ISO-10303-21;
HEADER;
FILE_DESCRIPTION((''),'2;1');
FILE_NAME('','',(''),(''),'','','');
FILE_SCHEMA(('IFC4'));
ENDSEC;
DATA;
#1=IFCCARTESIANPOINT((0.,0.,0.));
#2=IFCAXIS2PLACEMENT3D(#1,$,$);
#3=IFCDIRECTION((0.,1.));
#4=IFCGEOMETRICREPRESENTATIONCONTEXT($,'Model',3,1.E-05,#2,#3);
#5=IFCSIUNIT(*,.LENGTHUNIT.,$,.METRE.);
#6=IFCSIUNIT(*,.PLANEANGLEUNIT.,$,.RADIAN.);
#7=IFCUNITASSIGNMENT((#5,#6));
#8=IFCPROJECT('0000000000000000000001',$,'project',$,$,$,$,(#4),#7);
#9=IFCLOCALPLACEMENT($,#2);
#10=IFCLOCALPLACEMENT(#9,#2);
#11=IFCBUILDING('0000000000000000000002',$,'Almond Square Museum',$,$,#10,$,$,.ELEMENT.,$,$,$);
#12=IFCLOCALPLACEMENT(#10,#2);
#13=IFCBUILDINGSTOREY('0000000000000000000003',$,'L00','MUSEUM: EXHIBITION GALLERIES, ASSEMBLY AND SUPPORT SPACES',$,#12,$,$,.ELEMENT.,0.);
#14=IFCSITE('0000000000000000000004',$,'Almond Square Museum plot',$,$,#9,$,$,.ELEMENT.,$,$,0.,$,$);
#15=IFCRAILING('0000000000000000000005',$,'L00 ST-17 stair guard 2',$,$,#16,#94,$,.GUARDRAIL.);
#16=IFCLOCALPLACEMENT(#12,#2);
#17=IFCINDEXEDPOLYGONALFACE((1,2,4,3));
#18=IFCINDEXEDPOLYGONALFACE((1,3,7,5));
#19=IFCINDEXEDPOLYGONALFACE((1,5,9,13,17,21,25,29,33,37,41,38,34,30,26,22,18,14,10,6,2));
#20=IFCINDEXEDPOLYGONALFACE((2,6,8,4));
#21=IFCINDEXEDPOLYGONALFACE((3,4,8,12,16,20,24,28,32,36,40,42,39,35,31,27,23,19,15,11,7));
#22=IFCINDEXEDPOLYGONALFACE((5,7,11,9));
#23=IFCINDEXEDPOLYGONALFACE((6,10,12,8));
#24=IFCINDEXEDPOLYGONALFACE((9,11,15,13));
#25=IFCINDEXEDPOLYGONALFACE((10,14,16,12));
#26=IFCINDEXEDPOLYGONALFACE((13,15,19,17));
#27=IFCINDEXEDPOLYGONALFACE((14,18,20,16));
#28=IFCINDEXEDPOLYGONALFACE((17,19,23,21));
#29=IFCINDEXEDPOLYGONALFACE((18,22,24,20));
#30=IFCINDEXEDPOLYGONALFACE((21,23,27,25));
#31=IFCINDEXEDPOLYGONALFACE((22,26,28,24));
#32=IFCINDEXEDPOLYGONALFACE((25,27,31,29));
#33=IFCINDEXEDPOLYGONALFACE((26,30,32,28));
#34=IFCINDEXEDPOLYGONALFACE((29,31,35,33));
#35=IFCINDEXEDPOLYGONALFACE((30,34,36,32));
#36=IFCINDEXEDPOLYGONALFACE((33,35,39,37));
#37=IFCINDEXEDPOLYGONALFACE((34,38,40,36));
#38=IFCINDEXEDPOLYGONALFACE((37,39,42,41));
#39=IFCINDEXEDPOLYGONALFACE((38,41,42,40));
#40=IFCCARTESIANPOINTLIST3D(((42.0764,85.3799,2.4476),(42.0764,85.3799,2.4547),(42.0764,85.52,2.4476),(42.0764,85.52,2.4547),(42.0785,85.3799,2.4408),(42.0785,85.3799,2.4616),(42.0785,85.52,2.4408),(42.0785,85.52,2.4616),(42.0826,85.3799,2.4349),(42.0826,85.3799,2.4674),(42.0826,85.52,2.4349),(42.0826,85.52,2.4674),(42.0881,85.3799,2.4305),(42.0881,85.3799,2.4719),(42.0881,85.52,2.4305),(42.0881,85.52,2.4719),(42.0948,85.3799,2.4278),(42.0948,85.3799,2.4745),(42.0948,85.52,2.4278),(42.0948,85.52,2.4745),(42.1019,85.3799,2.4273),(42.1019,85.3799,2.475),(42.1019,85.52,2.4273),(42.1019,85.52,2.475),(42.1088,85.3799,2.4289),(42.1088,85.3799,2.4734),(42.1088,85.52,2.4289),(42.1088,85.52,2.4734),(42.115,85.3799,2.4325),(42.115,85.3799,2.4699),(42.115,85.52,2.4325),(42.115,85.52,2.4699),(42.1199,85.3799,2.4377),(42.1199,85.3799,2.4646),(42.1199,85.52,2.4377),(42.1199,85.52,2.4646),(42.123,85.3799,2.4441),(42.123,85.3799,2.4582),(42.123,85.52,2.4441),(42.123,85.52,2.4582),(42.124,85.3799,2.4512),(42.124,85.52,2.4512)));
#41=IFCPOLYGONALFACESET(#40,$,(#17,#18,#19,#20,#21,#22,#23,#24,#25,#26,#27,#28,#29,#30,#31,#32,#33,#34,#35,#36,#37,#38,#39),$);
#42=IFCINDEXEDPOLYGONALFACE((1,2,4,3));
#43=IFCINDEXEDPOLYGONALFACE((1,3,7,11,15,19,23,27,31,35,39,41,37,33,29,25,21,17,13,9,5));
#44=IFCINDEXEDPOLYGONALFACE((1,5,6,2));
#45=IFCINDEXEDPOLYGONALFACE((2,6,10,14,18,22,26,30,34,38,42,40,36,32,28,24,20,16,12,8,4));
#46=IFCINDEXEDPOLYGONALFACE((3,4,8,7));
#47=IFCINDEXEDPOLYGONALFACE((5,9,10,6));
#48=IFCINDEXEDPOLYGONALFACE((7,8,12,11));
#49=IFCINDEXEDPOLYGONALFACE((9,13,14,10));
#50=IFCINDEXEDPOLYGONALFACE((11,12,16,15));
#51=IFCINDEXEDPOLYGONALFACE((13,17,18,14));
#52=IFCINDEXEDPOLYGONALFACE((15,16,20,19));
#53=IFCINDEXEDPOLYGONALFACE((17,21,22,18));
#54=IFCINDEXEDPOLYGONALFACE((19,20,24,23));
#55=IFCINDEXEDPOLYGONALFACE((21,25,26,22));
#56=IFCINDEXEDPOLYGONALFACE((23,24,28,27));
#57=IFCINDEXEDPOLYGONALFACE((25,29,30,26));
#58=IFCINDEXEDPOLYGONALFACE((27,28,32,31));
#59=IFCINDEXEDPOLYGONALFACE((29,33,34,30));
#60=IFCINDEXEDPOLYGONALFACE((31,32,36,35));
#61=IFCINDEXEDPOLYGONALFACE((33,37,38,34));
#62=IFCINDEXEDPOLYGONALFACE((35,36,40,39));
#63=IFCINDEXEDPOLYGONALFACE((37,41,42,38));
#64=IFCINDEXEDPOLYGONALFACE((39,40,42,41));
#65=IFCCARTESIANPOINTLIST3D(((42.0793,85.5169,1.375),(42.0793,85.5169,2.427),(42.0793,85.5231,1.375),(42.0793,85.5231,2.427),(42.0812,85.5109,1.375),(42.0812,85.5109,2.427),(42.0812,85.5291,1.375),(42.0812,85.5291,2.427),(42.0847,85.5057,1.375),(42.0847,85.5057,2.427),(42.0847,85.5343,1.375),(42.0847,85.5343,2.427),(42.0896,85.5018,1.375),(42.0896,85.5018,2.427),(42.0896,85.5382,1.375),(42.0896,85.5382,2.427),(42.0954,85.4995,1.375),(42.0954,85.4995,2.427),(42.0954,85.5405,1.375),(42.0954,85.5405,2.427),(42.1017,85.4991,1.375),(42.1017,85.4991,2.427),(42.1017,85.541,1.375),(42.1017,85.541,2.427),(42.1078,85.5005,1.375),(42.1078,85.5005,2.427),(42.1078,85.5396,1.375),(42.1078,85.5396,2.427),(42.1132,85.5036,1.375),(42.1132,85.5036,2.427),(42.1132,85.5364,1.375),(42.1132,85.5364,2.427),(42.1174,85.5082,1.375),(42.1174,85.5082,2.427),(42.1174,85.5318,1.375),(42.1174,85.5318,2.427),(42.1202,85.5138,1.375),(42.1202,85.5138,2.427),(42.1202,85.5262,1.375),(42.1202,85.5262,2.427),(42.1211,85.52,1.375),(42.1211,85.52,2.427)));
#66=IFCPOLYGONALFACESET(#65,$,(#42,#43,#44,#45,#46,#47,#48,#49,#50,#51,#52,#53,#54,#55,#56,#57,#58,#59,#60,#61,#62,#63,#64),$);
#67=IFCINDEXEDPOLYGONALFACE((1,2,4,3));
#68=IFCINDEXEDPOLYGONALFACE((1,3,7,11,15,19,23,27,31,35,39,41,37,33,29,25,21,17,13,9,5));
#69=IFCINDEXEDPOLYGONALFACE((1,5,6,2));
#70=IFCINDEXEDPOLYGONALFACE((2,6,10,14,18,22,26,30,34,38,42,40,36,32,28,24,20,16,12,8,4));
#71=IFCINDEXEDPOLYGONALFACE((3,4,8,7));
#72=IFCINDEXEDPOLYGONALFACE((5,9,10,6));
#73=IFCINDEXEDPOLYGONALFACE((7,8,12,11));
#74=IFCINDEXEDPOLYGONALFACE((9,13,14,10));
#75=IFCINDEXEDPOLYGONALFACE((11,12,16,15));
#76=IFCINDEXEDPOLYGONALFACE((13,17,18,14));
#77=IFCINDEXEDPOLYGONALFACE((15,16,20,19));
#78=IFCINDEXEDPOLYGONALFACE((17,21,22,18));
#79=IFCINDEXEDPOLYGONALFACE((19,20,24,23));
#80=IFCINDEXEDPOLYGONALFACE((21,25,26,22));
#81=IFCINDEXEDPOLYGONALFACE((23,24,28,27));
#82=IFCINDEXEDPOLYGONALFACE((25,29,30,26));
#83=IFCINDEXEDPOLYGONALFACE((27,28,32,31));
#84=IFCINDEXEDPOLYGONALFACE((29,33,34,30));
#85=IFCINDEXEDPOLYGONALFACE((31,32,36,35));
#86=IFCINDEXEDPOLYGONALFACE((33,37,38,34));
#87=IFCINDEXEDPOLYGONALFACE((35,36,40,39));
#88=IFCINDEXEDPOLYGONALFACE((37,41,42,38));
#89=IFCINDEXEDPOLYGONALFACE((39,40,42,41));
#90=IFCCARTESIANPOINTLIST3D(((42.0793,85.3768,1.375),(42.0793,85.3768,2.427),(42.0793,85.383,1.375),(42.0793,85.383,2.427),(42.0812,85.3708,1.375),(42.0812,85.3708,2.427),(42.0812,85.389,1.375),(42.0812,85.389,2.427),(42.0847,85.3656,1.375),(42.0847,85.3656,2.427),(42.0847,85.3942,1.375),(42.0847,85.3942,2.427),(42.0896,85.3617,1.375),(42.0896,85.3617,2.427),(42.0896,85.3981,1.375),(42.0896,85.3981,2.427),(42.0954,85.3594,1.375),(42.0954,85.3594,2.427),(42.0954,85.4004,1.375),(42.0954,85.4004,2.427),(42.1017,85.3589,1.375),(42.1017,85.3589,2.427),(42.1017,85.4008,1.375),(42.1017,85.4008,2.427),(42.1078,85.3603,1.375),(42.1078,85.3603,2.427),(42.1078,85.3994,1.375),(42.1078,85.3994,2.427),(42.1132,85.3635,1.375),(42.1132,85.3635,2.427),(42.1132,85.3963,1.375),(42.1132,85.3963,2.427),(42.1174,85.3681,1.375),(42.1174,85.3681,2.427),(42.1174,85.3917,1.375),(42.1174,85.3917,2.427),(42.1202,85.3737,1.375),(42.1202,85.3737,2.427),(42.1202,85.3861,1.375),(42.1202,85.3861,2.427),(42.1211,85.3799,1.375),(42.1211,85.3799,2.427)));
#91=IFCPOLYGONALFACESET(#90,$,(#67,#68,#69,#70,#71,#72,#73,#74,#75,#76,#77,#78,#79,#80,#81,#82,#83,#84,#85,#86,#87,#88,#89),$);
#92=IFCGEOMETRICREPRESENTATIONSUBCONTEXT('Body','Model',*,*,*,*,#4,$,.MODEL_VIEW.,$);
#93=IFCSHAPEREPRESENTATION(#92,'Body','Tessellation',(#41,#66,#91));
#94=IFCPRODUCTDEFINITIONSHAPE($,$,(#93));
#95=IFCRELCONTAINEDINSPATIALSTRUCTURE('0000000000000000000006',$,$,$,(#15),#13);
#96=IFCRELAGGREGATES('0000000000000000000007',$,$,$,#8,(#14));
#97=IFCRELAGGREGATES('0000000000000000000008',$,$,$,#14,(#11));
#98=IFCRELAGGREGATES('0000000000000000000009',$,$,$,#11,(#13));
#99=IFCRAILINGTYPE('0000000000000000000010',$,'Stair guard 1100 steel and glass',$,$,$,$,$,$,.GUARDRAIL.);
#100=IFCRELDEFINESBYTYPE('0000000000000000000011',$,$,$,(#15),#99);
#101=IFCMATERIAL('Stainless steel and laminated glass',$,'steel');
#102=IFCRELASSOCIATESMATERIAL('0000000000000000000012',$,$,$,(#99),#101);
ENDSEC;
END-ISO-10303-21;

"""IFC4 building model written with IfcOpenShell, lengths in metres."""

from ifc_helpers import new_model, si_unit, direction, frame, origin, origin_2d, place, context, subcontext, project, spatial, circle, extrude, material, type_object, element, save


model = new_model("IFC4")

# Units and contexts
model_context = context("Model", 3, precision=1e-05, world=origin(), true_north=direction((0.0, 1.0)))
body_context = subcontext(model_context, "Body", "Model", "MODEL_VIEW")
ifc_project = project(units=[si_unit("LENGTHUNIT", "METRE"), si_unit("PLANEANGLEUNIT", "RADIAN")], contexts=[model_context])

# Site, building, storey
site_placement = place(None, origin())
site = spatial("IfcSite", under=ifc_project, at=site_placement, Name="Almond Square Museum plot", CompositionType="ELEMENT", RefElevation=0.0)
building_placement = place(site_placement, origin())
building = spatial("IfcBuilding", under=site, at=building_placement, Name="Almond Square Museum", CompositionType="ELEMENT")
storey_placement = place(building_placement, origin())
storey = spatial("IfcBuildingStorey", under=building, at=storey_placement, Name="L00", Description="MUSEUM: EXHIBITION GALLERIES, ASSEMBLY AND SUPPORT SPACES", CompositionType="ELEMENT", Elevation=0.0)

# Railing
ifc_material_1 = material(Name="Stainless steel and laminated glass", Category="steel")
railing_type_1 = type_object("IfcRailingType", Name="Stair guard 1100 steel and glass", PredefinedType="GUARDRAIL", material=ifc_material_1)
railing_1_placement = place(storey_placement, frame((42.1001, 85.52, 1.375)))
element("IfcRailing", 1, at=railing_1_placement, inside=storey, type_object=railing_type_1, Name="L00 ST-17 stair guard 2", PredefinedType="GUARDRAIL", context=body_context, shape_type="SweptSolid", body=[
    extrude(circle(Radius=0.0239, at=origin_2d()), frame((0.0, 0.0, 1.0762), z_axis=(0.0, -1.0, 0.0), x_axis=(1.0, 0.0, 0.0)), (0.0, 0.0, 1.0), 0.1401),
    extrude(circle(Radius=0.021, at=origin_2d()), origin(), (0.0, 0.0, 1.0), 1.052),
    extrude(circle(Radius=0.021, at=origin_2d()), frame((0.0, -0.1401, 0.0)), (0.0, 0.0, 1.0), 1.052),
])

save(model, "model.ifc")
